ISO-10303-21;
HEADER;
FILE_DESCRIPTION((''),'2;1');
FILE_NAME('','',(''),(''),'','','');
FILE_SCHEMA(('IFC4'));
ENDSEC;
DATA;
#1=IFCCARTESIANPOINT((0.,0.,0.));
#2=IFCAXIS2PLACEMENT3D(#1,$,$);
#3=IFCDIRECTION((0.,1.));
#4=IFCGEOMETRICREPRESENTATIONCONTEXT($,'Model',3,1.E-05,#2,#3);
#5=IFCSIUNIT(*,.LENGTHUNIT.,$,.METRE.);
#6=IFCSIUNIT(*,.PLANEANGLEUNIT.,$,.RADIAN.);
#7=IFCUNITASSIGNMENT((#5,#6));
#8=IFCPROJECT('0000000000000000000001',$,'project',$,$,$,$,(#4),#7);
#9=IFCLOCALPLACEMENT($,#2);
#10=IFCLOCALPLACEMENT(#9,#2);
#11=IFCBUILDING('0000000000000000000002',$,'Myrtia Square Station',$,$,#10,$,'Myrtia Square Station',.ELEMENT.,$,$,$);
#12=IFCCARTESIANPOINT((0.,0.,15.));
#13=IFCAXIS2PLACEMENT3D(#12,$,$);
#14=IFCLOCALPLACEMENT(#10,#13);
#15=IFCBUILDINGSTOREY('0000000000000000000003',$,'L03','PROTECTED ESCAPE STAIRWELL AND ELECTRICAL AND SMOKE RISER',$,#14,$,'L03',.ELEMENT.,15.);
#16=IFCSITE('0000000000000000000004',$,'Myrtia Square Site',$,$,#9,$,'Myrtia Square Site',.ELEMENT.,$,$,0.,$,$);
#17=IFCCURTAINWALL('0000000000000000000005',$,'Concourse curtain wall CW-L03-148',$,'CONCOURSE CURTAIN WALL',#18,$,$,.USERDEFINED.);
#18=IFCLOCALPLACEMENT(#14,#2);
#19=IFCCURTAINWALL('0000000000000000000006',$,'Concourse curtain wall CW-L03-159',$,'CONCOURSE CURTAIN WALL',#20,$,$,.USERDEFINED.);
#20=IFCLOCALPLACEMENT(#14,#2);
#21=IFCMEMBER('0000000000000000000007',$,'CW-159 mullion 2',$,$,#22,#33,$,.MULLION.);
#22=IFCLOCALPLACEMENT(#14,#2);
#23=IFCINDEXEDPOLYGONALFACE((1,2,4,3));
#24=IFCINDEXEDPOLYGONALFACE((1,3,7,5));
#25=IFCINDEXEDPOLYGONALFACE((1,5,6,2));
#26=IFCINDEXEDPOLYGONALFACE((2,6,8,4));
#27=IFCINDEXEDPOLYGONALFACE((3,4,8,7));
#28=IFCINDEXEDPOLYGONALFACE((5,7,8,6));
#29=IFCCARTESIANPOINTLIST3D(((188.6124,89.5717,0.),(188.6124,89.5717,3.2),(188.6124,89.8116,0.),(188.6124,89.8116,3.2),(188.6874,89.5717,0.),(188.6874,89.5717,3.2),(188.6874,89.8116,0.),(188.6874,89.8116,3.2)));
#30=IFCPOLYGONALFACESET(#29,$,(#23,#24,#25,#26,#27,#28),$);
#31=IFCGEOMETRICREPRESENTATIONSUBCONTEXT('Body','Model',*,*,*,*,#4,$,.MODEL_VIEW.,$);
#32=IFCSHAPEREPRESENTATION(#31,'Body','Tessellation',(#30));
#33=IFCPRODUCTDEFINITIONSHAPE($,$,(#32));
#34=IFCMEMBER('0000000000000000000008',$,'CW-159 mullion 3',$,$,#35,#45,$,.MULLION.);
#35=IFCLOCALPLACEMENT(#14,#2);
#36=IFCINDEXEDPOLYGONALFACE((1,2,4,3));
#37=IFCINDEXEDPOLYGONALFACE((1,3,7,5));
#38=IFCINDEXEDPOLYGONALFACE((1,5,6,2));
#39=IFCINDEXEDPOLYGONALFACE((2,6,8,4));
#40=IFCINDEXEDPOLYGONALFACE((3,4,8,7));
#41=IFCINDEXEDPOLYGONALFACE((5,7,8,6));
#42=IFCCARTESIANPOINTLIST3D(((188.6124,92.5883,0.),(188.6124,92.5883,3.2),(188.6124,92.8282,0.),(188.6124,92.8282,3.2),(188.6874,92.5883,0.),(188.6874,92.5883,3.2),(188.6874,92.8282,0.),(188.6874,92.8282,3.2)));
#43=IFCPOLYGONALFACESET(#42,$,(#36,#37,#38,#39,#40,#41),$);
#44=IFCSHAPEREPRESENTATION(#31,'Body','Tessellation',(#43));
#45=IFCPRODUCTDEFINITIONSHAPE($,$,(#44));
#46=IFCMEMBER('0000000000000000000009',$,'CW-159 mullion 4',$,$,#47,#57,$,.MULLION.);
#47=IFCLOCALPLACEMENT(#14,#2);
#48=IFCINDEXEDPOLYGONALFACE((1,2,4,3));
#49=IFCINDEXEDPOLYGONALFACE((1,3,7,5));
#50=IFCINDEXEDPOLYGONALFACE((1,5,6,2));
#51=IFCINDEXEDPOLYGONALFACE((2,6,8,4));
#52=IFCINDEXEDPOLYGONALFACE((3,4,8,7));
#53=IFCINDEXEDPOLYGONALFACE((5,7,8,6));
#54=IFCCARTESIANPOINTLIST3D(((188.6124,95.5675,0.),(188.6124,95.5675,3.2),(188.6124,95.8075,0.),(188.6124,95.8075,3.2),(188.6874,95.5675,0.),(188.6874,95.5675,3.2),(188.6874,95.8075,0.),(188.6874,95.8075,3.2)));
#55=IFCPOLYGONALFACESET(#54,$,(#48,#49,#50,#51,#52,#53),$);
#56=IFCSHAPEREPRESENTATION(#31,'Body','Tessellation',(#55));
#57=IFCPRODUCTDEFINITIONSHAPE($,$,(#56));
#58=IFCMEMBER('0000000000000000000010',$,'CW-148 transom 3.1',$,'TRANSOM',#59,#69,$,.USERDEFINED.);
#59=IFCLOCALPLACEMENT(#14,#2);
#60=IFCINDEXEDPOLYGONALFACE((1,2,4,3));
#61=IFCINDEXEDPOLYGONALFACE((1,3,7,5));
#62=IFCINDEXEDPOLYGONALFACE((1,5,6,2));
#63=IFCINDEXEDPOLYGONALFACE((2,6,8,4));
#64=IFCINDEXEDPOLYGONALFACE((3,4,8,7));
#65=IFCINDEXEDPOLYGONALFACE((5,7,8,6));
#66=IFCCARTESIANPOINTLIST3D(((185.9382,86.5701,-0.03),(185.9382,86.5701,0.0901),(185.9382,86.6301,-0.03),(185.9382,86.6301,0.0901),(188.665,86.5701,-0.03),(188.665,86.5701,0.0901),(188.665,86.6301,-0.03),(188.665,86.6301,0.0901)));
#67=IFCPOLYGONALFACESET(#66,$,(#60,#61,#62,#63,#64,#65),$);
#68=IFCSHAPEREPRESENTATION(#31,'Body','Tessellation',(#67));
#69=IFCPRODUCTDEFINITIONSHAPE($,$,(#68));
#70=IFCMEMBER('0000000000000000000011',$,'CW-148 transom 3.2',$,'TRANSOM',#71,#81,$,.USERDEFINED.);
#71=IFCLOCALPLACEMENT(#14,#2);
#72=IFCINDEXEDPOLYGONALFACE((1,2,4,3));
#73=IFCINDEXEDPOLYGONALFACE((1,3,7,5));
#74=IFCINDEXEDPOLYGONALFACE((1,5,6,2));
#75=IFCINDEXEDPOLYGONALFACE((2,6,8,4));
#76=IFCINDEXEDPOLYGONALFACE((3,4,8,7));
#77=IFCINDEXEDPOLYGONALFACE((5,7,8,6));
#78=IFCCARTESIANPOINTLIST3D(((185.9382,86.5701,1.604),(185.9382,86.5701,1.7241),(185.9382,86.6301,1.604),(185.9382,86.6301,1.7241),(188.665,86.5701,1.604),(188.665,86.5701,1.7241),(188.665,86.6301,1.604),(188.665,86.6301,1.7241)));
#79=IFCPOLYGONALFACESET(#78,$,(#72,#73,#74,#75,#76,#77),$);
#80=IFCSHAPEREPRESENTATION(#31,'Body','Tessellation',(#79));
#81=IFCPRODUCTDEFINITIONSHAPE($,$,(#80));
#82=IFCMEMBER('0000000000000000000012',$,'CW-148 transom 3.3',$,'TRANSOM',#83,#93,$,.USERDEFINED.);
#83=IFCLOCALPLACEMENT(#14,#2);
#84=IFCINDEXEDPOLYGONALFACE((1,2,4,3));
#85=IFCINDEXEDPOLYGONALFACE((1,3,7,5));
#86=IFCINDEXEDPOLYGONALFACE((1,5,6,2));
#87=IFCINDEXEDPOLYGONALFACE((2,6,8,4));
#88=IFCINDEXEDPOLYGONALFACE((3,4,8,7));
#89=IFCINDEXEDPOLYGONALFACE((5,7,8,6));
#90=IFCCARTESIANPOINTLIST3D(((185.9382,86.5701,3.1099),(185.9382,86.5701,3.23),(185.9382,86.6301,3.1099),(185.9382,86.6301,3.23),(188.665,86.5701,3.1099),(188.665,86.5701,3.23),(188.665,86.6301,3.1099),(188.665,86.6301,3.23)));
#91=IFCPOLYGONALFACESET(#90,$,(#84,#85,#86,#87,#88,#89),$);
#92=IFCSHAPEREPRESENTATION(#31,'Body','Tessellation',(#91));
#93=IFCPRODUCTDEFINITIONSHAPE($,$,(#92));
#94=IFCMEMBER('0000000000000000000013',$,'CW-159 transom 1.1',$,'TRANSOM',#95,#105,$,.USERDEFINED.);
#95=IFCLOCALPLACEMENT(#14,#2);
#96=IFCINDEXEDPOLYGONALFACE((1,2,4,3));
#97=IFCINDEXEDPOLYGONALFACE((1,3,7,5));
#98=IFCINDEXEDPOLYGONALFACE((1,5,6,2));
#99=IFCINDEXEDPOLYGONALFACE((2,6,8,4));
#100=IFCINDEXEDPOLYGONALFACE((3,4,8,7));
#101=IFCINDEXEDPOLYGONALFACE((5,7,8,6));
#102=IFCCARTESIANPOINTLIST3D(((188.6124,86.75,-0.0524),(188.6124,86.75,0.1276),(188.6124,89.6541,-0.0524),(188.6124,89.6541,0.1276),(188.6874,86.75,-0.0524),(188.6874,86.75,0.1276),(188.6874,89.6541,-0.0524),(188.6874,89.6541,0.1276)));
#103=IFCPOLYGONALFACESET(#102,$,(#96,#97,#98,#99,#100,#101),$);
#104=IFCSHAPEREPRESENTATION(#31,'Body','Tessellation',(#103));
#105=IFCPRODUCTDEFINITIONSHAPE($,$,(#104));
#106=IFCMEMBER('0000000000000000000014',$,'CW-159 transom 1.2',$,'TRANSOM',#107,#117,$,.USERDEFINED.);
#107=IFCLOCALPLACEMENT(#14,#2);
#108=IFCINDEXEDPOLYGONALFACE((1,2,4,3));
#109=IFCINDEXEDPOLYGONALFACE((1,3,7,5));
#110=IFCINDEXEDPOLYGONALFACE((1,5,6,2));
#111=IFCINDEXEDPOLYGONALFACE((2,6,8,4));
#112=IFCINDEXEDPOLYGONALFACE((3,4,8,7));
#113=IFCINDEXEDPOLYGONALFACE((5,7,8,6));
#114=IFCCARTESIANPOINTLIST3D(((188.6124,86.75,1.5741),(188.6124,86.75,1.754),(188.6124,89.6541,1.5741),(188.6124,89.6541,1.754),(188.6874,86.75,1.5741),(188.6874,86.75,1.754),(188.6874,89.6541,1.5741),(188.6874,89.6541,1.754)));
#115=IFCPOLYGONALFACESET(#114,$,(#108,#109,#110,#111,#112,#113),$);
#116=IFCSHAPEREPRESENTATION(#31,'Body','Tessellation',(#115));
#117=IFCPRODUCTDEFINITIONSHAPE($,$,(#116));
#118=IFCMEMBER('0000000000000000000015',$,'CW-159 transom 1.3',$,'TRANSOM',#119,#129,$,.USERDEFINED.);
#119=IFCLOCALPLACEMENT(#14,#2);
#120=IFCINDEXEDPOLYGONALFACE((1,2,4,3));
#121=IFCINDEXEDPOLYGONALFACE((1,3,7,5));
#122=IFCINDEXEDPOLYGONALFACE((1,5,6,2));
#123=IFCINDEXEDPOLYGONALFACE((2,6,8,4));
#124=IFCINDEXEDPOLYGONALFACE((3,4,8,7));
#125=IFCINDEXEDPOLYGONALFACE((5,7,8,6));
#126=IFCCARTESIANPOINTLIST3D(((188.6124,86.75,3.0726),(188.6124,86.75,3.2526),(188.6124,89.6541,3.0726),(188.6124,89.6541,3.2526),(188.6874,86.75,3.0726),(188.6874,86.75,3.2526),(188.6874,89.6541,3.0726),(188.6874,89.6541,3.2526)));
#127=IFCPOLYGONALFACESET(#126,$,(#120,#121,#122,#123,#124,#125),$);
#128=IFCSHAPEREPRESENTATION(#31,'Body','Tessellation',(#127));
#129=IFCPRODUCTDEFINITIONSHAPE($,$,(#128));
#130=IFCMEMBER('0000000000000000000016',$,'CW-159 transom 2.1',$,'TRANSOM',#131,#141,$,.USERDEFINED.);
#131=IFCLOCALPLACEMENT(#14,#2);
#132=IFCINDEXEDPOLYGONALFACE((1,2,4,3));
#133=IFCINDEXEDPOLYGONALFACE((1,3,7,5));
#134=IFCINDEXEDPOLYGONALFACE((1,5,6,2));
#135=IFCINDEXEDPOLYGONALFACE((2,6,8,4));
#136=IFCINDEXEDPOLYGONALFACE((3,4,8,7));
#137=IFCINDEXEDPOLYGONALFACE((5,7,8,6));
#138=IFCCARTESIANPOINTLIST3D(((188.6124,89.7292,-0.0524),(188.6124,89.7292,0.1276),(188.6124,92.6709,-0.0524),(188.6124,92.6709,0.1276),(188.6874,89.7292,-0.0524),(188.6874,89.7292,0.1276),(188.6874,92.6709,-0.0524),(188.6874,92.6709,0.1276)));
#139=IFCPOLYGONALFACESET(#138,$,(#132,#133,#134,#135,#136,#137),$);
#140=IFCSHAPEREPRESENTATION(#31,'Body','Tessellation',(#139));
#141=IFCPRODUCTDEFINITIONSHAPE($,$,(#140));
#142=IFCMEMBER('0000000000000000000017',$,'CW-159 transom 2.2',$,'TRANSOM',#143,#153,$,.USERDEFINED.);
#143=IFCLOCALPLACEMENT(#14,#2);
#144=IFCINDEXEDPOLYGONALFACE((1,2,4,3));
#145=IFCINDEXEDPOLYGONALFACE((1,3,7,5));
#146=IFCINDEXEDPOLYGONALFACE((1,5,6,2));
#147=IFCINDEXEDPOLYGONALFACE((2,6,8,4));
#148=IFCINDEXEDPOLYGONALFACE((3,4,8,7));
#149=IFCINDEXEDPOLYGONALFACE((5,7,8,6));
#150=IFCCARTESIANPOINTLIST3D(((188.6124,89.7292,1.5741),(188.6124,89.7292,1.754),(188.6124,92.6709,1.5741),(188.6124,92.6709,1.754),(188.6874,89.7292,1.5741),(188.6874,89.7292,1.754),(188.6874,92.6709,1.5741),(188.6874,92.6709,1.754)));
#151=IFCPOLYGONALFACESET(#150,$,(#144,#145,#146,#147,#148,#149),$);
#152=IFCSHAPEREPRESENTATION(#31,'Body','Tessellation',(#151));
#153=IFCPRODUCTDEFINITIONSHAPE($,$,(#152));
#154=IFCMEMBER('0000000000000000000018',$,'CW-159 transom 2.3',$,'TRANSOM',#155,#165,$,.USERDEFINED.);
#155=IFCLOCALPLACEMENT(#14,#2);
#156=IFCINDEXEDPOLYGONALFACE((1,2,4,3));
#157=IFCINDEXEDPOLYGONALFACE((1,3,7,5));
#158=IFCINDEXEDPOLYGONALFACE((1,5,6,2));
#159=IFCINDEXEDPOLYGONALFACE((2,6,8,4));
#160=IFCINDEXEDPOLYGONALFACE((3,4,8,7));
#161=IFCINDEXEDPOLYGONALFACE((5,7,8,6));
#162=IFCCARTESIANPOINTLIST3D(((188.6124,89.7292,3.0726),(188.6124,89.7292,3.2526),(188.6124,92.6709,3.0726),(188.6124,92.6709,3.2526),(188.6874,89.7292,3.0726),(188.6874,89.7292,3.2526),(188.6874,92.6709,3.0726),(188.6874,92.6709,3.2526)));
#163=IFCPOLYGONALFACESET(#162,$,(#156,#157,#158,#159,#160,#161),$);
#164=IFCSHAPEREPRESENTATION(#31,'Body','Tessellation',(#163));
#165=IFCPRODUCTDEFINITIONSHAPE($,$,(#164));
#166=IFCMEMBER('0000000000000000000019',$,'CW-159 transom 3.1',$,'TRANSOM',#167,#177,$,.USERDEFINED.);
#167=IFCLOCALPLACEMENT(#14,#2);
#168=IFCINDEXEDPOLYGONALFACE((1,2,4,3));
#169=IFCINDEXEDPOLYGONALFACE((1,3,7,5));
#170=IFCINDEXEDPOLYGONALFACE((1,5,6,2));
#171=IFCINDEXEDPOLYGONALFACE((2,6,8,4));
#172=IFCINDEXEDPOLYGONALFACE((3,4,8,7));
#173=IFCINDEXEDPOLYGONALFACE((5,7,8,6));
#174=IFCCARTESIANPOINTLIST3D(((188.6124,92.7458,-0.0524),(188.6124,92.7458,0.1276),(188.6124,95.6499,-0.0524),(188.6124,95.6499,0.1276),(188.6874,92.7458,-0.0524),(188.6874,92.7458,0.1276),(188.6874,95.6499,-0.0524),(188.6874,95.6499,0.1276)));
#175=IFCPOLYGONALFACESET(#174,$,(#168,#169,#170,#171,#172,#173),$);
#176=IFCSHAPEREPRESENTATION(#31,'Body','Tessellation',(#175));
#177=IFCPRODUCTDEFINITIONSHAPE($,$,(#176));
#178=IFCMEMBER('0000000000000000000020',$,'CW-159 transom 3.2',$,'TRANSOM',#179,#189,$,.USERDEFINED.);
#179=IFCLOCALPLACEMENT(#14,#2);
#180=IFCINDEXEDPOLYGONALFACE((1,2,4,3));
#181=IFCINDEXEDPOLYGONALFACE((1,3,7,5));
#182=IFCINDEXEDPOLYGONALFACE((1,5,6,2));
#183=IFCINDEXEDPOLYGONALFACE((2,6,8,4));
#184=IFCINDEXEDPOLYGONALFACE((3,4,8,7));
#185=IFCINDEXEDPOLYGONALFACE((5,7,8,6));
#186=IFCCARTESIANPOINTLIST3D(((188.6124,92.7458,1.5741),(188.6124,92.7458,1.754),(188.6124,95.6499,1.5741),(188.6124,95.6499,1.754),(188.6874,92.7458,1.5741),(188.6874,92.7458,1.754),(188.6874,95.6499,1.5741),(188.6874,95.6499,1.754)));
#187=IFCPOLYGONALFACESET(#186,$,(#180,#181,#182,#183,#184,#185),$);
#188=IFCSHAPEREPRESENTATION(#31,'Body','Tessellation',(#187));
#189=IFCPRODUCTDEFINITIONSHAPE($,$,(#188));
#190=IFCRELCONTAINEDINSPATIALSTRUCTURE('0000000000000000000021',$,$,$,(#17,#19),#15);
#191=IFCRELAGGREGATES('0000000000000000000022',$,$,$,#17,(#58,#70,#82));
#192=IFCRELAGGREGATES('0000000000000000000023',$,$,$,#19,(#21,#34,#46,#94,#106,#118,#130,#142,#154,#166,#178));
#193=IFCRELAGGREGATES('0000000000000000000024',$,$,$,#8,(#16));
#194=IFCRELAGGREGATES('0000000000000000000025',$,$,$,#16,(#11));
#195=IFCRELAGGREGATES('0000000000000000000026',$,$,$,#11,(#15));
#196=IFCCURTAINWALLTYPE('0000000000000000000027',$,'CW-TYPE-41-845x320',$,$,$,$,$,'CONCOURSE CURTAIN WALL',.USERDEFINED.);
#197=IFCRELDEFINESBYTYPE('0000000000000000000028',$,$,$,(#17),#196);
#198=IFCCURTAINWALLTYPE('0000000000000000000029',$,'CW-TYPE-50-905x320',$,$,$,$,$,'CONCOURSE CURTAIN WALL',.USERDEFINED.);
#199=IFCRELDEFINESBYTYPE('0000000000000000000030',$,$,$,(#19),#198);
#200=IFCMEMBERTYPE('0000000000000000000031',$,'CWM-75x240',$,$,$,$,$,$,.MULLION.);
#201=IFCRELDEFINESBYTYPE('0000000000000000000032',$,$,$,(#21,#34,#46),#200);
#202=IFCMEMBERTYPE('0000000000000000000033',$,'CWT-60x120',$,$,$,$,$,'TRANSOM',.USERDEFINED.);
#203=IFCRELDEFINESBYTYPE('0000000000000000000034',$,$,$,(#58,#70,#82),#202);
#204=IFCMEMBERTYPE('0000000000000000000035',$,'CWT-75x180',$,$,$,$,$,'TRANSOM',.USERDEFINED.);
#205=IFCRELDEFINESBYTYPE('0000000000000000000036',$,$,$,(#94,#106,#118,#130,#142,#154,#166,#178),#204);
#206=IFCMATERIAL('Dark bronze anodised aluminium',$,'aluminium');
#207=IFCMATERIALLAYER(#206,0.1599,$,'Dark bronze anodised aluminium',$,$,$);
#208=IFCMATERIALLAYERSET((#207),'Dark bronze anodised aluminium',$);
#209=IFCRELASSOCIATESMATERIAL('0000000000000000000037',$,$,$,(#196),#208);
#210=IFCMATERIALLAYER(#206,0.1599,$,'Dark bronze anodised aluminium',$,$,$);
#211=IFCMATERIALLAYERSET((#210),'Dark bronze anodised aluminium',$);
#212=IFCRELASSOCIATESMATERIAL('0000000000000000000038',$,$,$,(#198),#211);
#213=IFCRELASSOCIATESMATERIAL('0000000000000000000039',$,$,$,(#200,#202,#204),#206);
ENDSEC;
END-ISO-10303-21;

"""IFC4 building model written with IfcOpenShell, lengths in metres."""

from ifc_helpers import new_model, si_unit, direction, frame, origin, origin_2d, place, context, subcontext, project, spatial, rectangle, extrude, material, layer, layer_set, material_profile, profile_set, type_object, element, aggregate, save


model = new_model("IFC4")

# Units and contexts
model_context = context("Model", 3, precision=1e-05, world=origin(), true_north=direction((0.0, 1.0)))
body_context = subcontext(model_context, "Body", "Model", "MODEL_VIEW")
ifc_project = project(units=[si_unit("LENGTHUNIT", "METRE"), si_unit("PLANEANGLEUNIT", "RADIAN")], contexts=[model_context])

# Site, building, storey
site_placement = place(None, origin())
site = spatial("IfcSite", under=ifc_project, at=site_placement, Name="Myrtia Square Site", LongName="Myrtia Square Site", CompositionType="ELEMENT", RefElevation=0.0)
building_placement = place(site_placement, origin())
building = spatial("IfcBuilding", under=site, at=building_placement, Name="Myrtia Square Station", LongName="Myrtia Square Station", CompositionType="ELEMENT")
storey_placement = place(building_placement, frame((0.0, 0.0, 15.0)))
storey = spatial("IfcBuildingStorey", under=building, at=storey_placement, Name="L03", Description="PROTECTED ESCAPE STAIRWELL AND ELECTRICAL AND SMOKE RISER", LongName="L03", CompositionType="ELEMENT", Elevation=15.0)

# Curtain walls, members
ifc_material_1 = material(Name="Dark bronze anodised aluminium", Category="aluminium")
ifc_layer_1 = layer(ifc_material_1, 0.1599, Name="Dark bronze anodised aluminium")
ifc_layer_set_1 = layer_set([ifc_layer_1], Name="Dark bronze anodised aluminium")
curtain_wall_type_1 = type_object("IfcCurtainWallType", Name="CW-TYPE-41-845x320", ElementType="CONCOURSE CURTAIN WALL", PredefinedType="USERDEFINED", material=ifc_layer_set_1)
curtain_wall_1_placement = place(storey_placement, origin())
curtain_wall_1 = element("IfcCurtainWall", 1, at=curtain_wall_1_placement, inside=storey, type_object=curtain_wall_type_1, Name="Concourse curtain wall CW-L03-148", ObjectType="CONCOURSE CURTAIN WALL", PredefinedType="USERDEFINED")
ifc_layer_2 = layer(ifc_material_1, 0.1599, Name="Dark bronze anodised aluminium")
ifc_layer_set_2 = layer_set([ifc_layer_2], Name="Dark bronze anodised aluminium")
curtain_wall_type_2 = type_object("IfcCurtainWallType", Name="CW-TYPE-50-905x320", ElementType="CONCOURSE CURTAIN WALL", PredefinedType="USERDEFINED", material=ifc_layer_set_2)
curtain_wall_2_placement = place(storey_placement, origin())
curtain_wall_2 = element("IfcCurtainWall", 2, at=curtain_wall_2_placement, inside=storey, type_object=curtain_wall_type_2, Name="Concourse curtain wall CW-L03-159", ObjectType="CONCOURSE CURTAIN WALL", PredefinedType="USERDEFINED")
ifc_material_profile_1 = material_profile(ifc_material_1, rectangle(XDim=0.075, YDim=0.24, at=origin_2d()), Name="ALU-M 75x240")
ifc_profile_set_1 = profile_set([ifc_material_profile_1], Name="Dark bronze anodised aluminium")
member_type_1 = type_object("IfcMemberType", Name="CWM-75x240", PredefinedType="MULLION", material=ifc_profile_set_1)
member_1_placement = place(storey_placement, frame((188.6499, 89.6917, 0.0), z_axis=(0.0, 0.0, 1.0), x_axis=(-1.0, 0.0, 0.0)))
member_1 = element("IfcMember", 3, at=member_1_placement, type_object=member_type_1, Name="CW-159 mullion 2", PredefinedType="MULLION", context=body_context, shape_type="SweptSolid", body=[
    extrude(rectangle(XDim=0.075, YDim=0.24, at=origin_2d()), origin(), (0.0, 0.0, 1.0), 3.2),
])
member_2_placement = place(storey_placement, frame((188.6499, 92.7083, 0.0), z_axis=(0.0, 0.0, 1.0), x_axis=(-1.0, 0.0, 0.0)))
member_2 = element("IfcMember", 4, at=member_2_placement, type_object=member_type_1, Name="CW-159 mullion 3", PredefinedType="MULLION", context=body_context, shape_type="SweptSolid", body=[
    extrude(rectangle(XDim=0.075, YDim=0.24, at=origin_2d()), origin(), (0.0, 0.0, 1.0), 3.2),
])
member_3_placement = place(storey_placement, frame((188.6499, 95.6875, 0.0), z_axis=(0.0, 0.0, 1.0), x_axis=(-1.0, 0.0, 0.0)))
member_3 = element("IfcMember", 5, at=member_3_placement, type_object=member_type_1, Name="CW-159 mullion 4", PredefinedType="MULLION", context=body_context, shape_type="SweptSolid", body=[
    extrude(rectangle(XDim=0.075, YDim=0.24, at=origin_2d()), origin(), (0.0, 0.0, 1.0), 3.2),
])

# Members
ifc_material_profile_2 = material_profile(ifc_material_1, rectangle(XDim=0.0601, YDim=0.1201, at=origin_2d()), Name="ALU-T 60x120")
ifc_profile_set_2 = profile_set([ifc_material_profile_2], Name="Dark bronze anodised aluminium")
member_type_2 = type_object("IfcMemberType", Name="CWT-60x120", ElementType="TRANSOM", PredefinedType="USERDEFINED", material=ifc_profile_set_2)
member_4_placement = place(storey_placement, frame((185.9382, 86.6001, 0.03), z_axis=(1.0, 0.0, 0.0), x_axis=(0.0, 1.0, 0.0)))
member_4 = element("IfcMember", 6, at=member_4_placement, type_object=member_type_2, Name="CW-148 transom 3.1", ObjectType="TRANSOM", PredefinedType="USERDEFINED", context=body_context, shape_type="SweptSolid", body=[
    extrude(rectangle(XDim=0.0601, YDim=0.1201, at=origin_2d()), origin(), (0.0, 0.0, 1.0), 2.7268),
])
member_5_placement = place(storey_placement, frame((185.9382, 86.6001, 1.6641), z_axis=(1.0, 0.0, 0.0), x_axis=(0.0, 1.0, 0.0)))
member_5 = element("IfcMember", 7, at=member_5_placement, type_object=member_type_2, Name="CW-148 transom 3.2", ObjectType="TRANSOM", PredefinedType="USERDEFINED", context=body_context, shape_type="SweptSolid", body=[
    extrude(rectangle(XDim=0.0601, YDim=0.1201, at=origin_2d()), origin(), (0.0, 0.0, 1.0), 2.7268),
])
member_6_placement = place(storey_placement, frame((185.9382, 86.6001, 3.1699), z_axis=(1.0, 0.0, 0.0), x_axis=(0.0, 1.0, 0.0)))
member_6 = element("IfcMember", 8, at=member_6_placement, type_object=member_type_2, Name="CW-148 transom 3.3", ObjectType="TRANSOM", PredefinedType="USERDEFINED", context=body_context, shape_type="SweptSolid", body=[
    extrude(rectangle(XDim=0.0601, YDim=0.1201, at=origin_2d()), origin(), (0.0, 0.0, 1.0), 2.7268),
])
ifc_material_profile_3 = material_profile(ifc_material_1, rectangle(XDim=0.075, YDim=0.1799, at=origin_2d()), Name="ALU-T 75x180")
ifc_profile_set_3 = profile_set([ifc_material_profile_3], Name="Dark bronze anodised aluminium")
member_type_3 = type_object("IfcMemberType", Name="CWT-75x180", ElementType="TRANSOM", PredefinedType="USERDEFINED", material=ifc_profile_set_3)
member_7_placement = place(storey_placement, frame((188.6499, 86.75, 0.0376), z_axis=(0.0, 1.0, 0.0), x_axis=(-1.0, 0.0, 0.0)))
member_7 = element("IfcMember", 9, at=member_7_placement, type_object=member_type_3, Name="CW-159 transom 1.1", ObjectType="TRANSOM", PredefinedType="USERDEFINED", context=body_context, shape_type="SweptSolid", body=[
    extrude(rectangle(XDim=0.075, YDim=0.1799, at=origin_2d()), origin(), (0.0, 0.0, 1.0), 2.9041),
])
member_8_placement = place(storey_placement, frame((188.6499, 86.75, 1.6641), z_axis=(0.0, 1.0, 0.0), x_axis=(-1.0, 0.0, 0.0)))
member_8 = element("IfcMember", 10, at=member_8_placement, type_object=member_type_3, Name="CW-159 transom 1.2", ObjectType="TRANSOM", PredefinedType="USERDEFINED", context=body_context, shape_type="SweptSolid", body=[
    extrude(rectangle(XDim=0.075, YDim=0.1799, at=origin_2d()), origin(), (0.0, 0.0, 1.0), 2.9041),
])
member_9_placement = place(storey_placement, frame((188.6499, 86.75, 3.1626), z_axis=(0.0, 1.0, 0.0), x_axis=(-1.0, 0.0, 0.0)))
member_9 = element("IfcMember", 11, at=member_9_placement, type_object=member_type_3, Name="CW-159 transom 1.3", ObjectType="TRANSOM", PredefinedType="USERDEFINED", context=body_context, shape_type="SweptSolid", body=[
    extrude(rectangle(XDim=0.075, YDim=0.1799, at=origin_2d()), origin(), (0.0, 0.0, 1.0), 2.9041),
])
member_10_placement = place(storey_placement, frame((188.6499, 89.7292, 0.0376), z_axis=(0.0, 1.0, 0.0), x_axis=(-1.0, 0.0, 0.0)))
member_10 = element("IfcMember", 12, at=member_10_placement, type_object=member_type_3, Name="CW-159 transom 2.1", ObjectType="TRANSOM", PredefinedType="USERDEFINED", context=body_context, shape_type="SweptSolid", body=[
    extrude(rectangle(XDim=0.075, YDim=0.1799, at=origin_2d()), origin(), (0.0, 0.0, 1.0), 2.9417),
])
member_11_placement = place(storey_placement, frame((188.6499, 89.7292, 1.6641), z_axis=(0.0, 1.0, 0.0), x_axis=(-1.0, 0.0, 0.0)))
member_11 = element("IfcMember", 13, at=member_11_placement, type_object=member_type_3, Name="CW-159 transom 2.2", ObjectType="TRANSOM", PredefinedType="USERDEFINED", context=body_context, shape_type="SweptSolid", body=[
    extrude(rectangle(XDim=0.075, YDim=0.1799, at=origin_2d()), origin(), (0.0, 0.0, 1.0), 2.9417),
])
member_12_placement = place(storey_placement, frame((188.6499, 89.7292, 3.1626), z_axis=(0.0, 1.0, 0.0), x_axis=(-1.0, 0.0, 0.0)))
member_12 = element("IfcMember", 14, at=member_12_placement, type_object=member_type_3, Name="CW-159 transom 2.3", ObjectType="TRANSOM", PredefinedType="USERDEFINED", context=body_context, shape_type="SweptSolid", body=[
    extrude(rectangle(XDim=0.075, YDim=0.1799, at=origin_2d()), origin(), (0.0, 0.0, 1.0), 2.9417),
])
member_13_placement = place(storey_placement, frame((188.6499, 92.7458, 0.0376), z_axis=(0.0, 1.0, 0.0), x_axis=(-1.0, 0.0, 0.0)))
member_13 = element("IfcMember", 15, at=member_13_placement, type_object=member_type_3, Name="CW-159 transom 3.1", ObjectType="TRANSOM", PredefinedType="USERDEFINED", context=body_context, shape_type="SweptSolid", body=[
    extrude(rectangle(XDim=0.075, YDim=0.1799, at=origin_2d()), origin(), (0.0, 0.0, 1.0), 2.9041),
])
member_14_placement = place(storey_placement, frame((188.6499, 92.7458, 1.6641), z_axis=(0.0, 1.0, 0.0), x_axis=(-1.0, 0.0, 0.0)))
member_14 = element("IfcMember", 16, at=member_14_placement, type_object=member_type_3, Name="CW-159 transom 3.2", ObjectType="TRANSOM", PredefinedType="USERDEFINED", context=body_context, shape_type="SweptSolid", body=[
    extrude(rectangle(XDim=0.075, YDim=0.1799, at=origin_2d()), origin(), (0.0, 0.0, 1.0), 2.9041),
])

aggregate(curtain_wall_1, [member_4, member_5, member_6])
aggregate(curtain_wall_2, [member_1, member_2, member_3, member_7, member_8, member_9, member_10, member_11, member_12, member_13, member_14])

save(model, "model.ifc")
